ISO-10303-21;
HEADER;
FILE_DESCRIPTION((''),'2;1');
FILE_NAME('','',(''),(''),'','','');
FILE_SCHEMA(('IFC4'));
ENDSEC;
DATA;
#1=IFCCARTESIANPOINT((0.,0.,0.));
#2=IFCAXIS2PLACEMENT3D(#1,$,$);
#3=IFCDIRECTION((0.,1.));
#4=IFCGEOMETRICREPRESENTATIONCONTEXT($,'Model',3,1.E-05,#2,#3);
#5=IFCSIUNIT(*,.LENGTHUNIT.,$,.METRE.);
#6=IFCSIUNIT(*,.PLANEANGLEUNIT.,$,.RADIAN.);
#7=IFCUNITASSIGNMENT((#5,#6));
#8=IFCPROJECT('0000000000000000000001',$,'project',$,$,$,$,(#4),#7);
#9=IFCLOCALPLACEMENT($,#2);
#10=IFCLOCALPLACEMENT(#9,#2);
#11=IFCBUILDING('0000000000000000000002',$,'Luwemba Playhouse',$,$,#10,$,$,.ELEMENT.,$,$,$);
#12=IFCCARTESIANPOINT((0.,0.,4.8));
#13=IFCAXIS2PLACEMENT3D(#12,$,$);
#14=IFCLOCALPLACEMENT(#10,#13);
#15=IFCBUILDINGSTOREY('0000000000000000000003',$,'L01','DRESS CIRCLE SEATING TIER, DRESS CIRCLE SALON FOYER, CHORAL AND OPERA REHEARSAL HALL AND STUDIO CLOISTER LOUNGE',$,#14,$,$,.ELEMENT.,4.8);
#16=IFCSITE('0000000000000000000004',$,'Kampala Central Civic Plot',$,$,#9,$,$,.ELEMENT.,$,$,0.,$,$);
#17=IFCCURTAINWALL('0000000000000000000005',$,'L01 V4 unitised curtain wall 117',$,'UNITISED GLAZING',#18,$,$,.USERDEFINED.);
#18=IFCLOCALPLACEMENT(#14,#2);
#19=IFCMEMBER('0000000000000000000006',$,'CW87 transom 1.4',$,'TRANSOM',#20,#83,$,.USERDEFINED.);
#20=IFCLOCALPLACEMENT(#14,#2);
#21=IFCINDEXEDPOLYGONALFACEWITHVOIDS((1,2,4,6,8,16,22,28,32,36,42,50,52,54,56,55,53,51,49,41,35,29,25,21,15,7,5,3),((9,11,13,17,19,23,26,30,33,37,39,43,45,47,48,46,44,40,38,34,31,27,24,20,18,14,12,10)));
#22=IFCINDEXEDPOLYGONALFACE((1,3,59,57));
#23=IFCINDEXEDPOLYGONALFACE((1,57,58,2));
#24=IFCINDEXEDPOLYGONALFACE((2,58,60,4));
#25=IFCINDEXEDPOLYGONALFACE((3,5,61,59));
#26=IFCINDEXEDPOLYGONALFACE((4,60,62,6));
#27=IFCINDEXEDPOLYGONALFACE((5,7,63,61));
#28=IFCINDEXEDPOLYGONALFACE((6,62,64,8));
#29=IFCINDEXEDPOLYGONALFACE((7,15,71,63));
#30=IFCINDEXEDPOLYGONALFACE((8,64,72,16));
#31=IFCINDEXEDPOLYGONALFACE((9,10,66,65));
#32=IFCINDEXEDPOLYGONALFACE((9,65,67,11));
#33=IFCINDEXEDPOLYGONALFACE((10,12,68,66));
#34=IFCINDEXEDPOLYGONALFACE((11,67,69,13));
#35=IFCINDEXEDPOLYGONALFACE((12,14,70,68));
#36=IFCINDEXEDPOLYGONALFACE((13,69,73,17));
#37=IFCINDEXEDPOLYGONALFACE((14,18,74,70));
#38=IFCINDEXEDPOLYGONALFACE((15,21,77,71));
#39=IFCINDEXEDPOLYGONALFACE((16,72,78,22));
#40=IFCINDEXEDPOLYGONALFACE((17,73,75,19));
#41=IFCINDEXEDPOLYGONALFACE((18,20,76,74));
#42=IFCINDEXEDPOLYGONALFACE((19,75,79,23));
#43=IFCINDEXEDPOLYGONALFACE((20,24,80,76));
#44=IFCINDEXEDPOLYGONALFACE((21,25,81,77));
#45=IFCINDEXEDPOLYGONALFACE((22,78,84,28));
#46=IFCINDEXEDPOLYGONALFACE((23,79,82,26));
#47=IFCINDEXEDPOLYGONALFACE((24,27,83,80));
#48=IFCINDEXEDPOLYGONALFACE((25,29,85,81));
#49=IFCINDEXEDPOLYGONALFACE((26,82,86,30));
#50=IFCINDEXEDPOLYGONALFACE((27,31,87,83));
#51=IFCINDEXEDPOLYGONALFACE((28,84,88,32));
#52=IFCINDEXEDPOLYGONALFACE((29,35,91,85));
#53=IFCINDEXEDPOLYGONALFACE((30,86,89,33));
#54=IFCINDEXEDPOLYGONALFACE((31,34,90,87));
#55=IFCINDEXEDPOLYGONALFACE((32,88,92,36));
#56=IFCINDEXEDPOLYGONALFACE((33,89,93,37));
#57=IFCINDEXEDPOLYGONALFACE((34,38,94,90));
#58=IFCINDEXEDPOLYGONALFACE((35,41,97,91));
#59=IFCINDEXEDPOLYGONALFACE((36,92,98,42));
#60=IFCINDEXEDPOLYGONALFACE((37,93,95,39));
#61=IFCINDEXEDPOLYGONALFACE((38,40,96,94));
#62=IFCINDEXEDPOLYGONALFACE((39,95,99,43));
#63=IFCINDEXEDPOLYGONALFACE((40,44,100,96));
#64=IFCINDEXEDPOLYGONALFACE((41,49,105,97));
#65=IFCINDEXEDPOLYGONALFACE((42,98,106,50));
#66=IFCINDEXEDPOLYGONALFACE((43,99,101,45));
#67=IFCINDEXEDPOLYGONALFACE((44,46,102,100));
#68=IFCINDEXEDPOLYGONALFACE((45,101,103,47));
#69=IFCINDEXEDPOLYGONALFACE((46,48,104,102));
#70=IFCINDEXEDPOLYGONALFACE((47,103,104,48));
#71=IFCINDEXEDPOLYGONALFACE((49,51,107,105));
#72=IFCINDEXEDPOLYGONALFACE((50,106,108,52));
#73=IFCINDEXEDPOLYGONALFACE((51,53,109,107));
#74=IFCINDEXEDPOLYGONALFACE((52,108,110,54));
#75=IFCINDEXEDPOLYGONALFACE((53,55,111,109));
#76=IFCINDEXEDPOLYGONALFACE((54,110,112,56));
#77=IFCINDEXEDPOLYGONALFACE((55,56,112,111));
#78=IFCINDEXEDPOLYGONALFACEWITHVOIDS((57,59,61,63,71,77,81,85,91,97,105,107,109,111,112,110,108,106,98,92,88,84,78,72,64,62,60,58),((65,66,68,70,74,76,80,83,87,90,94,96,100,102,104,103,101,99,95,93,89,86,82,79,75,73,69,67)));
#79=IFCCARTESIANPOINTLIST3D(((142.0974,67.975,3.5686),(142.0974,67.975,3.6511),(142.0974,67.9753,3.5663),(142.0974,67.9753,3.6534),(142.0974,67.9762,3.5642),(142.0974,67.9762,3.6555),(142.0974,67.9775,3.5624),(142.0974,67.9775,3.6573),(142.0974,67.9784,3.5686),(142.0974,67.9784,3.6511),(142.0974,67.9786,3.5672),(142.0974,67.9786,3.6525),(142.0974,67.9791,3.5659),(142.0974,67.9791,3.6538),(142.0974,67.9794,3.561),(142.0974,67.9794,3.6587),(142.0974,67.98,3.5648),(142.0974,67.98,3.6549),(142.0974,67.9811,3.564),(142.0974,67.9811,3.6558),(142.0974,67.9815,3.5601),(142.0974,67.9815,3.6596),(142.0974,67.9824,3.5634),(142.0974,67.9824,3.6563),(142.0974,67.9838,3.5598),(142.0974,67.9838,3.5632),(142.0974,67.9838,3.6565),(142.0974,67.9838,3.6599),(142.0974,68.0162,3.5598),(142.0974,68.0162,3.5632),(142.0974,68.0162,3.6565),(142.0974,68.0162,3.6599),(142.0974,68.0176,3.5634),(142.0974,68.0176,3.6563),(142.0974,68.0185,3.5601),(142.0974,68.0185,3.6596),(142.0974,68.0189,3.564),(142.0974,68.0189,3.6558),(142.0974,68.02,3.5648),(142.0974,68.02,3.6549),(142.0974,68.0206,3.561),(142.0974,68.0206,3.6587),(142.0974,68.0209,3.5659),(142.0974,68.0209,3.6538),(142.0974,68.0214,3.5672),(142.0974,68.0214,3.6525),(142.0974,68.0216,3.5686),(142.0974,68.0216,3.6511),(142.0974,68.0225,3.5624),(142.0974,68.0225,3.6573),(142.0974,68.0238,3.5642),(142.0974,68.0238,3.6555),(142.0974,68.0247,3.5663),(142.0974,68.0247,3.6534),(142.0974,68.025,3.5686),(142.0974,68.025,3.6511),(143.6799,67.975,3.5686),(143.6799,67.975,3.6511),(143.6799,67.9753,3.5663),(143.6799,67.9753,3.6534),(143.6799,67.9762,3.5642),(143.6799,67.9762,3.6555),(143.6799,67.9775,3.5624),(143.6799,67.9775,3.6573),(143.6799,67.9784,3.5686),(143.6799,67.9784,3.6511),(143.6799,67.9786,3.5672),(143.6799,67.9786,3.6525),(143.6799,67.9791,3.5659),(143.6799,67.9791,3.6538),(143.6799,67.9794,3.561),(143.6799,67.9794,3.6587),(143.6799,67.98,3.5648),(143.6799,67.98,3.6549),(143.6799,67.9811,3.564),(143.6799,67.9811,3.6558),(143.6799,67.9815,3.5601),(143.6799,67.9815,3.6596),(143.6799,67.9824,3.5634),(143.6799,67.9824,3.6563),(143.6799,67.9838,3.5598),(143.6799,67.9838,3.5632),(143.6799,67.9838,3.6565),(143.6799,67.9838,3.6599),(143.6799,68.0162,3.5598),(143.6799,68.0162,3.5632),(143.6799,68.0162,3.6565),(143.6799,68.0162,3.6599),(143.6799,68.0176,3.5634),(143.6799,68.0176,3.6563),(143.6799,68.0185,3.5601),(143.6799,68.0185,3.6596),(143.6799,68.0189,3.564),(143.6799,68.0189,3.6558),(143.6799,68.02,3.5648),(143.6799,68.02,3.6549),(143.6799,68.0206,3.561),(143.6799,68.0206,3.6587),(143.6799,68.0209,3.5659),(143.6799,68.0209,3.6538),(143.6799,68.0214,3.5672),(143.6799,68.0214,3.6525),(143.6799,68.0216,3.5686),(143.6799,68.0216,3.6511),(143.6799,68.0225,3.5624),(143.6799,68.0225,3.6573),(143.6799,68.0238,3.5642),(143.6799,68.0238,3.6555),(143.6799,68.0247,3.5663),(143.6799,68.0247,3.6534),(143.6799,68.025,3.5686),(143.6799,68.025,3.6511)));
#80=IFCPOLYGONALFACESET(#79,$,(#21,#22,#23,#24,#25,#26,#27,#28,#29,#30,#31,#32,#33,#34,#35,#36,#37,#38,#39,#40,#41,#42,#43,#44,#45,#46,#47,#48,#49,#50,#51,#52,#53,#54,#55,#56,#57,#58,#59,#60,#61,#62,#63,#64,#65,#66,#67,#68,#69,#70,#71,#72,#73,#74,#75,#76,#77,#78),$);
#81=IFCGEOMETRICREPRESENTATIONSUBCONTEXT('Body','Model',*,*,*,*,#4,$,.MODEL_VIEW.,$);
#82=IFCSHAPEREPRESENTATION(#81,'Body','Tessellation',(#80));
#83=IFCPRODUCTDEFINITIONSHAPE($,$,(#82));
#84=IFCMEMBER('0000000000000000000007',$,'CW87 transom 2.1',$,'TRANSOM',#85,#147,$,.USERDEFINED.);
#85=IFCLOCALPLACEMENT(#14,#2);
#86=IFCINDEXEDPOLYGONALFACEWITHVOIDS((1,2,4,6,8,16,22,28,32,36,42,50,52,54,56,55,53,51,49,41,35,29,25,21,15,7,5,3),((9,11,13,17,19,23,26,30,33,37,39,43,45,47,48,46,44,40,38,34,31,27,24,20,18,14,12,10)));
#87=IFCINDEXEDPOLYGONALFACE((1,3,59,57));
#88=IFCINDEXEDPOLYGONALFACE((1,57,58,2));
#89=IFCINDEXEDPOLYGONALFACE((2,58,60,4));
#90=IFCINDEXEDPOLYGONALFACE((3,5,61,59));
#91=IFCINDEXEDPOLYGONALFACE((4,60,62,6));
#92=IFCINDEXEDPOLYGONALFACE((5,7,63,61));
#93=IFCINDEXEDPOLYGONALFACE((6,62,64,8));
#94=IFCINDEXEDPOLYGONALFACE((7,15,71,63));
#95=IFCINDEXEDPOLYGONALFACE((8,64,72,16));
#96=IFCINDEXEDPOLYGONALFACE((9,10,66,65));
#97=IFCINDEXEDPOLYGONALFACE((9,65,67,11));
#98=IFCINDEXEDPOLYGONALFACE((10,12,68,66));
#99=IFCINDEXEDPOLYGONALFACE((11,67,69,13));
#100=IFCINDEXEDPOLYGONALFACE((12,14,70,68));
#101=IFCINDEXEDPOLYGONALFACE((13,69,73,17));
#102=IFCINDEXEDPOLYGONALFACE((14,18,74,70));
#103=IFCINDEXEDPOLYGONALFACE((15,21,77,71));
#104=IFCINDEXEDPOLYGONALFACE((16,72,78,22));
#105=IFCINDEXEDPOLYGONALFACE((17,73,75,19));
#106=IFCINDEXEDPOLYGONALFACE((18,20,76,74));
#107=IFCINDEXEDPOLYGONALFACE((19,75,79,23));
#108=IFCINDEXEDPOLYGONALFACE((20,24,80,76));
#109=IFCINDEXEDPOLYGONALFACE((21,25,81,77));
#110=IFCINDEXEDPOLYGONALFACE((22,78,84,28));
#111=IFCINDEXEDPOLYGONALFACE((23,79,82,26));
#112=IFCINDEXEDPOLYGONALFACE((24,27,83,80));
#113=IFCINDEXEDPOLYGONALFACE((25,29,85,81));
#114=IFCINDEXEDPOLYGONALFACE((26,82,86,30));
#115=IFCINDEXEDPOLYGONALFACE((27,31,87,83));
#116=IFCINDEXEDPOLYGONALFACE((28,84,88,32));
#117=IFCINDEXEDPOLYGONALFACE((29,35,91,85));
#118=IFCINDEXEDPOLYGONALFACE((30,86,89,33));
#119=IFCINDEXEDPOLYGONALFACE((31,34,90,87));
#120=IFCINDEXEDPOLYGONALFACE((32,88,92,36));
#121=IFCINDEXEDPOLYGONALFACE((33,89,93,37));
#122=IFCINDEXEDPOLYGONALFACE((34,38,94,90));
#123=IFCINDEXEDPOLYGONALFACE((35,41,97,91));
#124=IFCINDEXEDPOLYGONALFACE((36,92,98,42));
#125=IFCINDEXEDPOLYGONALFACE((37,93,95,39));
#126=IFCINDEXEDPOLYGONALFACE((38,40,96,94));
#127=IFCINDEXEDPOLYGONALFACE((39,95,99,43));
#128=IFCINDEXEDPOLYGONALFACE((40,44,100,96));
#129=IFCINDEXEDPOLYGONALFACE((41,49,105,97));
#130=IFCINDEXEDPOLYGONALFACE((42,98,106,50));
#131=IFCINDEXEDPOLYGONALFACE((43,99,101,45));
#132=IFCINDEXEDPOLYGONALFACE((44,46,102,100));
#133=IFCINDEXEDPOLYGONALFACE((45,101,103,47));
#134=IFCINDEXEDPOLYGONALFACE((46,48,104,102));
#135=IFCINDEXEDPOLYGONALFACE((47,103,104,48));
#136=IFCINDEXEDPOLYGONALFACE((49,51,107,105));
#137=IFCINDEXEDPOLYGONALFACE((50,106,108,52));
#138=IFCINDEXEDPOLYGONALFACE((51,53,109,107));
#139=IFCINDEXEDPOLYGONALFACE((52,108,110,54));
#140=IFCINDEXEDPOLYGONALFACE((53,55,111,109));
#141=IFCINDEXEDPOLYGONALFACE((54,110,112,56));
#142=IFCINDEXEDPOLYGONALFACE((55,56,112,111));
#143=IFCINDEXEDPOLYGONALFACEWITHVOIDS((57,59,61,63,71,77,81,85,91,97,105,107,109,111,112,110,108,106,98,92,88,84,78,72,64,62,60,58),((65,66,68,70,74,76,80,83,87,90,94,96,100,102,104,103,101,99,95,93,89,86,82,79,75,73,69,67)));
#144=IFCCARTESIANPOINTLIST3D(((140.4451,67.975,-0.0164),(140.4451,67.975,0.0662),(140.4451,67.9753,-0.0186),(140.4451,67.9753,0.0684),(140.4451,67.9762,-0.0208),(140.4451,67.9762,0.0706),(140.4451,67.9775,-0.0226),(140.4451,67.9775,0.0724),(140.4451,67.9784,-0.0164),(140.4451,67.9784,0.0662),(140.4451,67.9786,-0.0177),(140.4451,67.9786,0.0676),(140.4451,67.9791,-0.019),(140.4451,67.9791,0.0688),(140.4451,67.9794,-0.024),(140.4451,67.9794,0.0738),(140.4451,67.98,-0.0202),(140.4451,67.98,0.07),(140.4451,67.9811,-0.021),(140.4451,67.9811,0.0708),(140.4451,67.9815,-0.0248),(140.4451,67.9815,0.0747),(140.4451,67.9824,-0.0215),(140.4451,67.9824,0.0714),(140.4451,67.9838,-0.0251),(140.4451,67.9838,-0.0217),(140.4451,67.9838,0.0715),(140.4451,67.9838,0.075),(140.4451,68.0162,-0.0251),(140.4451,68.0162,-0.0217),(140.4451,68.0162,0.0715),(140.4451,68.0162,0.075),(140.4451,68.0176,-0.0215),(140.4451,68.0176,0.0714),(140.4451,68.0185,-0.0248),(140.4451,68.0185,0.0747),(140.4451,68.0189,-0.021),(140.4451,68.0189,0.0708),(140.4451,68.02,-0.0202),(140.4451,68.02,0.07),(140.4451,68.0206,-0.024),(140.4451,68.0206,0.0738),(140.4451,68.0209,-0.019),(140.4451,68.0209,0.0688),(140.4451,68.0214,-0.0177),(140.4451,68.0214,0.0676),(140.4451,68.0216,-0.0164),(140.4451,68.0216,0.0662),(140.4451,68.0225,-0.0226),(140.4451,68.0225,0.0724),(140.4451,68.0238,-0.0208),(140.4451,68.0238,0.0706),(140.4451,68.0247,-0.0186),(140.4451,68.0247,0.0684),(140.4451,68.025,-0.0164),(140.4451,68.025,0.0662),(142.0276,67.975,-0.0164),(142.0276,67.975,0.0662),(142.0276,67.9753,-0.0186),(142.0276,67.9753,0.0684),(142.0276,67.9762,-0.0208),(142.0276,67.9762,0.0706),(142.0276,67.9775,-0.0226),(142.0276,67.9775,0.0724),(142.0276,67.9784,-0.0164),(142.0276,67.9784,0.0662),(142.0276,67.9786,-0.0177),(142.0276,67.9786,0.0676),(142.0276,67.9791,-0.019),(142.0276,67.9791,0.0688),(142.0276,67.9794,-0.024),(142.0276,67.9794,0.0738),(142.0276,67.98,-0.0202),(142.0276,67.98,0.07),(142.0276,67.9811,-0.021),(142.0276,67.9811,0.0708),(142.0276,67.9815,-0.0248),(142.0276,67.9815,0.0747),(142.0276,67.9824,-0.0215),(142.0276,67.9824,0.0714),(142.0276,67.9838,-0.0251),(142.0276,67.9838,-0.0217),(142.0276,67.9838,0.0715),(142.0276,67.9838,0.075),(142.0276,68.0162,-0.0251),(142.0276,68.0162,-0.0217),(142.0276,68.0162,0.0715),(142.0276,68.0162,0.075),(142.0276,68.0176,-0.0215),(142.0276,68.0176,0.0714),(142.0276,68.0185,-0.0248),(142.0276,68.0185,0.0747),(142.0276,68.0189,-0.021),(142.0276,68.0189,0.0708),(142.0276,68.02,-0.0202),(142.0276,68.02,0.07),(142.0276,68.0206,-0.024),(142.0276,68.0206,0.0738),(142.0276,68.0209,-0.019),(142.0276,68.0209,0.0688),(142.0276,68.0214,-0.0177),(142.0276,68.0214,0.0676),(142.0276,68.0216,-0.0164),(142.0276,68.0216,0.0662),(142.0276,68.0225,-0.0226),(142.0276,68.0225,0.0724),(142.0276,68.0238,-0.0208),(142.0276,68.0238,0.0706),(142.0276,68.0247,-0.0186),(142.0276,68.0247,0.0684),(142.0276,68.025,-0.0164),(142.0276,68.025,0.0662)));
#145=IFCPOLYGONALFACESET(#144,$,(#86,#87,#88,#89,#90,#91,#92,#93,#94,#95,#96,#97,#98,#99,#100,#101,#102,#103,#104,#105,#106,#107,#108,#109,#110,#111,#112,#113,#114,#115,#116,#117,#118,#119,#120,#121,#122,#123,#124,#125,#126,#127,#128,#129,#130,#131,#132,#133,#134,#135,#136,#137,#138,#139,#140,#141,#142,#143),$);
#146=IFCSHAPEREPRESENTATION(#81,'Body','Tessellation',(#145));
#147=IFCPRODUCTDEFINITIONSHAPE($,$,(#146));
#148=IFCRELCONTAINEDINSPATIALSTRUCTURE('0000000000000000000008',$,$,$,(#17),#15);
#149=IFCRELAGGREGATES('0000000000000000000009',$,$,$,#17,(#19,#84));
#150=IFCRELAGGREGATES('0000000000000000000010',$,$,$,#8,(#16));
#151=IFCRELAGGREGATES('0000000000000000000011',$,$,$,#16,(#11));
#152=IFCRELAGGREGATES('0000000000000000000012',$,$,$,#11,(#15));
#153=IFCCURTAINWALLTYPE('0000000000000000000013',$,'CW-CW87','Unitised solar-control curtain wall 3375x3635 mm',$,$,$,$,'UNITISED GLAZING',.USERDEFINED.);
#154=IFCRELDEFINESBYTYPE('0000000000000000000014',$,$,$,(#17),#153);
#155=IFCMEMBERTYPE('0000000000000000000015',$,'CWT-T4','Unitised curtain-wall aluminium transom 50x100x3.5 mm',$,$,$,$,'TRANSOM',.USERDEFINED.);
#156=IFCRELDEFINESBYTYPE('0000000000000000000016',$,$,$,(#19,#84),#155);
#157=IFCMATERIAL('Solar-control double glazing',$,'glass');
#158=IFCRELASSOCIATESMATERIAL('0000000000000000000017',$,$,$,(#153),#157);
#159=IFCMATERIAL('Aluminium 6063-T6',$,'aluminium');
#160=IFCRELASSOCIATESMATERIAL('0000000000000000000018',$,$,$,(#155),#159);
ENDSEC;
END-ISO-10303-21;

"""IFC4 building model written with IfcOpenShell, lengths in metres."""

from ifc_helpers import new_model, si_unit, direction, frame, origin, origin_2d, place, context, subcontext, project, spatial, hollow_rectangle, extrude, material, material_profile, profile_set, type_object, element, aggregate, save


model = new_model("IFC4")

# Units and contexts
model_context = context("Model", 3, precision=1e-05, world=origin(), true_north=direction((0.0, 1.0)))
body_context = subcontext(model_context, "Body", "Model", "MODEL_VIEW")
ifc_project = project(units=[si_unit("LENGTHUNIT", "METRE"), si_unit("PLANEANGLEUNIT", "RADIAN")], contexts=[model_context])

# Site, building, storey
site_placement = place(None, origin())
site = spatial("IfcSite", under=ifc_project, at=site_placement, Name="Kampala Central Civic Plot", CompositionType="ELEMENT", RefElevation=0.0)
building_placement = place(site_placement, origin())
building = spatial("IfcBuilding", under=site, at=building_placement, Name="Luwemba Playhouse", CompositionType="ELEMENT")
storey_placement = place(building_placement, frame((0.0, 0.0, 4.8)))
storey = spatial("IfcBuildingStorey", under=building, at=storey_placement, Name="L01", Description="DRESS CIRCLE SEATING TIER, DRESS CIRCLE SALON FOYER, CHORAL AND OPERA REHEARSAL HALL AND STUDIO CLOISTER LOUNGE", CompositionType="ELEMENT", Elevation=4.8)

# Shared definitions
ifc_material_1 = material(Name="Solar-control double glazing", Category="glass")
ifc_material_2 = material(Name="Aluminium 6063-T6", Category="aluminium")

# Curtain wall
curtain_wall_type_1 = type_object("IfcCurtainWallType", Name="CW-CW87", Description="Unitised solar-control curtain wall 3375x3635 mm", ElementType="UNITISED GLAZING", PredefinedType="USERDEFINED", material=ifc_material_1)
curtain_wall_1_placement = place(storey_placement, origin())
curtain_wall_1 = element("IfcCurtainWall", 1, at=curtain_wall_1_placement, inside=storey, type_object=curtain_wall_type_1, Name="L01 V4 unitised curtain wall 117", ObjectType="UNITISED GLAZING", PredefinedType="USERDEFINED")

# Members
ifc_material_profile_1 = material_profile(ifc_material_2, hollow_rectangle(XDim=0.05, YDim=0.1001, WallThickness=0.0034, InnerFilletRadius=0.0054, OuterFilletRadius=0.0088, at=origin_2d()))
ifc_profile_set_1 = profile_set([ifc_material_profile_1], Name="Aluminium 6063-T6")
member_type_1 = type_object("IfcMemberType", Name="CWT-T4", Description="Unitised curtain-wall aluminium transom 50x100x3.5 mm", ElementType="TRANSOM", PredefinedType="USERDEFINED", material=ifc_profile_set_1)
member_1_placement = place(storey_placement, frame((143.6799, 68.0, 3.6099), z_axis=(-1.0, 0.0, 0.0), x_axis=(0.0, -1.0, 0.0)))
member_1 = element("IfcMember", 2, at=member_1_placement, type_object=member_type_1, Name="CW87 transom 1.4", ObjectType="TRANSOM", PredefinedType="USERDEFINED", context=body_context, shape_type="SweptSolid", body=[
    extrude(hollow_rectangle(XDim=0.05, YDim=0.1001, WallThickness=0.0034, InnerFilletRadius=0.0054, OuterFilletRadius=0.0088, at=origin_2d()), origin(), (0.0, 0.0, 1.0), 1.5825),
])
member_2_placement = place(storey_placement, frame((142.0276, 68.0, 0.0249), z_axis=(-1.0, 0.0, 0.0), x_axis=(0.0, -1.0, 0.0)))
member_2 = element("IfcMember", 3, at=member_2_placement, type_object=member_type_1, Name="CW87 transom 2.1", ObjectType="TRANSOM", PredefinedType="USERDEFINED", context=body_context, shape_type="SweptSolid", body=[
    extrude(hollow_rectangle(XDim=0.05, YDim=0.1001, WallThickness=0.0034, InnerFilletRadius=0.0054, OuterFilletRadius=0.0088, at=origin_2d()), origin(), (0.0, 0.0, 1.0), 1.5825),
])

aggregate(curtain_wall_1, [member_1, member_2])

save(model, "model.ifc")
